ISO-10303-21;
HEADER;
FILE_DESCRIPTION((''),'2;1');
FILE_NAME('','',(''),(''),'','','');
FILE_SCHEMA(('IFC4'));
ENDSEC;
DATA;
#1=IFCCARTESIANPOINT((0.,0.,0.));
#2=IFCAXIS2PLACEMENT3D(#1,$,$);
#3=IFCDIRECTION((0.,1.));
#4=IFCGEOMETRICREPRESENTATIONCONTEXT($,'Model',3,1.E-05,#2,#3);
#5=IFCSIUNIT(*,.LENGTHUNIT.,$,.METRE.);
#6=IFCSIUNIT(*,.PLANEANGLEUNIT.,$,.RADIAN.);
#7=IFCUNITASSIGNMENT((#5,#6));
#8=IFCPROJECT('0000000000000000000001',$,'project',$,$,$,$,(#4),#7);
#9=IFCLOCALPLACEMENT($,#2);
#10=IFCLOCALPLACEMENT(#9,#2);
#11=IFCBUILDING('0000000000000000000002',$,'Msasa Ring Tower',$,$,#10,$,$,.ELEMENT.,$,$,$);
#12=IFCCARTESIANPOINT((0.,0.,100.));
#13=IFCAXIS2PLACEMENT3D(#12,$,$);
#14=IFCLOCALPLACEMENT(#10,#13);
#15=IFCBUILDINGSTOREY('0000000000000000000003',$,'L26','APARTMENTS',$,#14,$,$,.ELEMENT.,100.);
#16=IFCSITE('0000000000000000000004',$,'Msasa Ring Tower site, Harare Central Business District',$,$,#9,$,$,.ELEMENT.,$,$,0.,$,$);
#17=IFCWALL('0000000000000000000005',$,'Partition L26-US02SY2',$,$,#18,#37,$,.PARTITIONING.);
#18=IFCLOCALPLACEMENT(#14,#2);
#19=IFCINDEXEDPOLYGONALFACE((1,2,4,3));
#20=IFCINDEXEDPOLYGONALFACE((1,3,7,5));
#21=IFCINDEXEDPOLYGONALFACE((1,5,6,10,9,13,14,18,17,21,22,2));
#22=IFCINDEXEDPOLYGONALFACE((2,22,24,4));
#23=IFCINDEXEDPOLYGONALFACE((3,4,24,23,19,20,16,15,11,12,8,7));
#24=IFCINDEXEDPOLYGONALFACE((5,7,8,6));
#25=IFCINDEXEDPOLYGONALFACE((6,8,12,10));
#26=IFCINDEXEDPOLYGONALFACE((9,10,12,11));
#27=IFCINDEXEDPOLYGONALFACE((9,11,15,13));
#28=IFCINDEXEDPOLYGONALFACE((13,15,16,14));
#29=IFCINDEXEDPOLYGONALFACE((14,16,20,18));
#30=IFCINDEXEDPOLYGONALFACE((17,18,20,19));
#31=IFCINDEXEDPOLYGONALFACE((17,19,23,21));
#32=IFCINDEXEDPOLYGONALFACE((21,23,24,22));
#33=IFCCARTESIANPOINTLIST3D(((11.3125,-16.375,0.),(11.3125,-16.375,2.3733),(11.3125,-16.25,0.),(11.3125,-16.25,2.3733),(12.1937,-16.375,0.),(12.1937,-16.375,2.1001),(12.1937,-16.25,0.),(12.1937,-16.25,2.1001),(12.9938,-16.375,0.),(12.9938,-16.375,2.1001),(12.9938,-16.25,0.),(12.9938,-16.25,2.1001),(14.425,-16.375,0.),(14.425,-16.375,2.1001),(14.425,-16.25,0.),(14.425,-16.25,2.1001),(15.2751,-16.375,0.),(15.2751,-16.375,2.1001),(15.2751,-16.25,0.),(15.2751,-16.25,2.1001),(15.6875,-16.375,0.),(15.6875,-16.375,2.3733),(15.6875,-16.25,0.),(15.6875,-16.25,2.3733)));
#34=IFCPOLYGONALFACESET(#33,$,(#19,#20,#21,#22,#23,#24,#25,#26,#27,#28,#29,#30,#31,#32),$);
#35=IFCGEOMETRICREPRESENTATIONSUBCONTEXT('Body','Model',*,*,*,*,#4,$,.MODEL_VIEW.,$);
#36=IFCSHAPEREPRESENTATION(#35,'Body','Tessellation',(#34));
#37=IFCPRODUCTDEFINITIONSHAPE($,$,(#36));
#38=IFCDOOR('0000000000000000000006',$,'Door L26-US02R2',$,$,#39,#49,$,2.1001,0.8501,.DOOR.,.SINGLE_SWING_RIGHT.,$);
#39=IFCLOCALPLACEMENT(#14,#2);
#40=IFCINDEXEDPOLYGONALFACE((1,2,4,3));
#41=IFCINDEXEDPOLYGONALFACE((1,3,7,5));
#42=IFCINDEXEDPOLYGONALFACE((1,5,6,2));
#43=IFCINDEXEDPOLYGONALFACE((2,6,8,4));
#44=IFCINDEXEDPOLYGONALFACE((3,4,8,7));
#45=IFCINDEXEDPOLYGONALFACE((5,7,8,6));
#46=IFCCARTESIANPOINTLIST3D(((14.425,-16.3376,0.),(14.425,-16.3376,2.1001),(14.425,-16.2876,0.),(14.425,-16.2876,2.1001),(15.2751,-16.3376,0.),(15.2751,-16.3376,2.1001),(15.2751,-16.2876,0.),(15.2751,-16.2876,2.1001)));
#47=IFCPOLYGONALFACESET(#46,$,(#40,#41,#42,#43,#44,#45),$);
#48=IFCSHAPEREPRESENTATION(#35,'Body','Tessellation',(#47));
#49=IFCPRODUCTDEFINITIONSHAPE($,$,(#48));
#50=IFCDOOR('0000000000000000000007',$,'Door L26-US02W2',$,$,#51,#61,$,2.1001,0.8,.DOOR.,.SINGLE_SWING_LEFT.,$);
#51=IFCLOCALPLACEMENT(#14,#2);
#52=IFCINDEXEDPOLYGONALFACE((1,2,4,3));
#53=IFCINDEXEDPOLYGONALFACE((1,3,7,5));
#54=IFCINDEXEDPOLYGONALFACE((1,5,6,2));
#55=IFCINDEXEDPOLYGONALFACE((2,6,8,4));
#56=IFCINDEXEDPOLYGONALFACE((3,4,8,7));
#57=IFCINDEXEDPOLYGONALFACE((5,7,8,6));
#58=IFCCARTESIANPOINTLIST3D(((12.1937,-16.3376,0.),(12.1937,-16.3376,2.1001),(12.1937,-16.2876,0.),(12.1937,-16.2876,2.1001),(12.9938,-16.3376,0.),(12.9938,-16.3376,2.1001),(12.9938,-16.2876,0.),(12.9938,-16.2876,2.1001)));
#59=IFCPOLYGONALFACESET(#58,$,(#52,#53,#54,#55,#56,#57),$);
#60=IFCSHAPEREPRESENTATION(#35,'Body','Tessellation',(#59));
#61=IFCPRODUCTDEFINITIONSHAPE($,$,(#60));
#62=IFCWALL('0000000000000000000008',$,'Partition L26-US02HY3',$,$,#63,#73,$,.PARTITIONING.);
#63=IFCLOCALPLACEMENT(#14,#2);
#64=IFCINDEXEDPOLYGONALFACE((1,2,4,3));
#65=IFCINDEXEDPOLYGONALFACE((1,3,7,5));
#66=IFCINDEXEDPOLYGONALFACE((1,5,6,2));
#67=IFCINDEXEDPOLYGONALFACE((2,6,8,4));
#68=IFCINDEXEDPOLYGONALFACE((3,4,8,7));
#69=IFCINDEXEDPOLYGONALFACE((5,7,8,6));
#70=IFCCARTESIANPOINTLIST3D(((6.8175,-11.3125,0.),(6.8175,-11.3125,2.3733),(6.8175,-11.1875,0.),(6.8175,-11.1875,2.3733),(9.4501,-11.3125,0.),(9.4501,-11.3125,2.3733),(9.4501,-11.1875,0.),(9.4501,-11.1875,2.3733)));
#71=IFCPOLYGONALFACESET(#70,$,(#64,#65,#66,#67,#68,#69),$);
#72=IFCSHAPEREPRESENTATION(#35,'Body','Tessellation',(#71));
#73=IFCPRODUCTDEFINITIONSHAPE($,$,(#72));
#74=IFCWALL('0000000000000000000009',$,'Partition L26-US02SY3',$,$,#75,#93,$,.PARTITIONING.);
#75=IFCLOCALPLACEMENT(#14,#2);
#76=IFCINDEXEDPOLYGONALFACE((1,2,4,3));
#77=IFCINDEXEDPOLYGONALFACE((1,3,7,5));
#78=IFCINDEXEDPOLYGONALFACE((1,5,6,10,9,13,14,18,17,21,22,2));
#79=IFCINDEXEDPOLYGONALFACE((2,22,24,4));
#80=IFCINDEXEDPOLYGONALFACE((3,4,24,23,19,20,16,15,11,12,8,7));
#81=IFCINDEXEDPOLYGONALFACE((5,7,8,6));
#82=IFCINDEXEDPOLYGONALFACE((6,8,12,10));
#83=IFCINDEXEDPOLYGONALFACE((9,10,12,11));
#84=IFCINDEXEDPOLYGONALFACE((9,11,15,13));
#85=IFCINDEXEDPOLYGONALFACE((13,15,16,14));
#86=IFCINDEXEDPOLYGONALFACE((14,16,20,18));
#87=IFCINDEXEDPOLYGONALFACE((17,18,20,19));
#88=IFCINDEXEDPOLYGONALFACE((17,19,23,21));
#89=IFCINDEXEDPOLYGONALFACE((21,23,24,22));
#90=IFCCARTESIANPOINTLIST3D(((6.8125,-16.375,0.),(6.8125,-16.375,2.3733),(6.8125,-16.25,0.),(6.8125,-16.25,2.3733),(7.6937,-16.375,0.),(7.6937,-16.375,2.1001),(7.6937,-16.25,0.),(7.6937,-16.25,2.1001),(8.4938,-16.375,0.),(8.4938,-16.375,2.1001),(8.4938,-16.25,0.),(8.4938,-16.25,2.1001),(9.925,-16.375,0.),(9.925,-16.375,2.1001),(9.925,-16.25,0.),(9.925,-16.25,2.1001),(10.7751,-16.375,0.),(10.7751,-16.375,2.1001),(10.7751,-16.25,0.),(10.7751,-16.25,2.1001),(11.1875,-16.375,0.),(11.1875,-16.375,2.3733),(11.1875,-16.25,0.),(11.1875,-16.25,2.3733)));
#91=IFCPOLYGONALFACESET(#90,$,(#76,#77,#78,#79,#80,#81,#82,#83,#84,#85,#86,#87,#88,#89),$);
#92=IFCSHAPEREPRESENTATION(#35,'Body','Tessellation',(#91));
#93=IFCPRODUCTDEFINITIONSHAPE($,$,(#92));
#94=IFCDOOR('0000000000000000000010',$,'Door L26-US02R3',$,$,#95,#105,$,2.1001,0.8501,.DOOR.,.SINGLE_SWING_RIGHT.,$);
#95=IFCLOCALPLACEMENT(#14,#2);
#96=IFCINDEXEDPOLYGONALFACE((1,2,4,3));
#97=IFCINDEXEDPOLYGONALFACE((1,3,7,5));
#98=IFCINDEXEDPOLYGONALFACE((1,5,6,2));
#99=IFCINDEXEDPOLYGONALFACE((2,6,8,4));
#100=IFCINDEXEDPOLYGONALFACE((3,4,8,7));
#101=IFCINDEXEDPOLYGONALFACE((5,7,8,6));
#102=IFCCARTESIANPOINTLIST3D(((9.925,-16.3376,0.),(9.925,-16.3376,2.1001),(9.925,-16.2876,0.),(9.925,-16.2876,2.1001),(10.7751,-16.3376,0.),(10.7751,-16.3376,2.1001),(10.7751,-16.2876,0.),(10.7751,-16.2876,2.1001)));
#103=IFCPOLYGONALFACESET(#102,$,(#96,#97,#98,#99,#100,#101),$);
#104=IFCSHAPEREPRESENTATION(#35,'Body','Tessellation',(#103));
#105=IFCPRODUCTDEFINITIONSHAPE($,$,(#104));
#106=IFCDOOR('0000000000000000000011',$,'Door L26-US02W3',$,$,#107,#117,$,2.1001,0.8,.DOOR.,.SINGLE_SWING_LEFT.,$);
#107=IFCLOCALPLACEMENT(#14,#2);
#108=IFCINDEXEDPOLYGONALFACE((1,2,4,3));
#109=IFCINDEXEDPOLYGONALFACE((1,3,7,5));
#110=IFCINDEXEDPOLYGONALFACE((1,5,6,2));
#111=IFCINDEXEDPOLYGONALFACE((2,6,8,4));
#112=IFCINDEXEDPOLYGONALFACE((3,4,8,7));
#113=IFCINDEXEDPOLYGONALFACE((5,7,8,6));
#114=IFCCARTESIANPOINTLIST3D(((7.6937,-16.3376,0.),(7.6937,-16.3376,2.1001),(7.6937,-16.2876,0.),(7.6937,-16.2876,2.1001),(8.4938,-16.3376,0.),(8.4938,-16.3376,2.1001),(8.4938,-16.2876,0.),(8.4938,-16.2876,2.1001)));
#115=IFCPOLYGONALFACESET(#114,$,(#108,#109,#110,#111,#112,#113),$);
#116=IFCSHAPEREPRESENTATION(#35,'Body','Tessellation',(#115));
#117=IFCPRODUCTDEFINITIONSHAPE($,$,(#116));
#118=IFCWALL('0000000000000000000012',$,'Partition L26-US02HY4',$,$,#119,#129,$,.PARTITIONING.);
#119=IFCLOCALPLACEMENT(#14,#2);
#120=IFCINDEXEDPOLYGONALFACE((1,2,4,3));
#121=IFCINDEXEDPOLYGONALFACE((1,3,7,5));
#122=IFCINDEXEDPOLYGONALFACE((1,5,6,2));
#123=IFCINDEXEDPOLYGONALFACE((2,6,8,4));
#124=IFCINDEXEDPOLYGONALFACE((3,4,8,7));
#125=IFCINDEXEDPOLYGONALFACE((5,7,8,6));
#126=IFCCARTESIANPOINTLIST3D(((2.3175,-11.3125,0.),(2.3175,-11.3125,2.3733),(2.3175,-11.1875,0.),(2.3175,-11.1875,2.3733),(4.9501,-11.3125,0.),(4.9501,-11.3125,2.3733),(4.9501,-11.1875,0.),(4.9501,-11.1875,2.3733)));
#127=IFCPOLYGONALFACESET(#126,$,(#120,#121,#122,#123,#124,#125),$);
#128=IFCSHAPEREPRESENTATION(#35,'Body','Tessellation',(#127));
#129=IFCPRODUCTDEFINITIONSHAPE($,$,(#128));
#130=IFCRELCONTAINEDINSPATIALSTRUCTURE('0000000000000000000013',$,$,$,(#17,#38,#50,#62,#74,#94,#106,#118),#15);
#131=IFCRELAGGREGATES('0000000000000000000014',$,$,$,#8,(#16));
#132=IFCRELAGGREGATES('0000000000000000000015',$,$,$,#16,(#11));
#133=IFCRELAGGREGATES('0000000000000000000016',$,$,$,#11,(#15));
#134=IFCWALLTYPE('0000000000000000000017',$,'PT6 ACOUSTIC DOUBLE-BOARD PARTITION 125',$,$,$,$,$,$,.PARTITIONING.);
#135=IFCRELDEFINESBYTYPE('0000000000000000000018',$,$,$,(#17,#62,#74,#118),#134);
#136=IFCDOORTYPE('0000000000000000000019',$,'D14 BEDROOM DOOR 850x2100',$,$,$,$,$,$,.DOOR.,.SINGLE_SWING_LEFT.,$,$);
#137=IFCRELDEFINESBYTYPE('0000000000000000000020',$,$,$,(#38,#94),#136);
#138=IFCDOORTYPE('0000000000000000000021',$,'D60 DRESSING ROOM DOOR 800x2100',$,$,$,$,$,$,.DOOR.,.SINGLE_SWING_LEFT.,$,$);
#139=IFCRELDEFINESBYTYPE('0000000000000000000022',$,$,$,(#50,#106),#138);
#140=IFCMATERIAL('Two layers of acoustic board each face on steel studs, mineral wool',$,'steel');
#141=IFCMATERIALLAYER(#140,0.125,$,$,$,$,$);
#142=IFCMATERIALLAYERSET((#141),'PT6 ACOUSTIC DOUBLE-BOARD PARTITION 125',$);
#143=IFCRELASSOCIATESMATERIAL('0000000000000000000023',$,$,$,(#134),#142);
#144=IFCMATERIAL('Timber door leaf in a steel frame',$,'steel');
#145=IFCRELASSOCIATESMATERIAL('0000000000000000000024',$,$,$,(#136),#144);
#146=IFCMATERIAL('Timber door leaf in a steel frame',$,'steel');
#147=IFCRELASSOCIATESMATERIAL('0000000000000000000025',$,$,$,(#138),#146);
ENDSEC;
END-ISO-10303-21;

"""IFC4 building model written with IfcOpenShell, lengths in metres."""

from ifc_helpers import new_model, si_unit, direction, frame, frame_2d, origin, place, context, subcontext, project, spatial, rectangle, extrude, material, layer, layer_set, type_object, element, fill, save


model = new_model("IFC4")

# Units and contexts
model_context = context("Model", 3, precision=1e-05, world=origin(), true_north=direction((0.0, 1.0)))
body_context = subcontext(model_context, "Body", "Model", "MODEL_VIEW")
ifc_project = project(units=[si_unit("LENGTHUNIT", "METRE"), si_unit("PLANEANGLEUNIT", "RADIAN")], contexts=[model_context])

# Site, building, storey
site_placement = place(None, origin())
site = spatial("IfcSite", under=ifc_project, at=site_placement, Name="Msasa Ring Tower site, Harare Central Business District", CompositionType="ELEMENT", RefElevation=0.0)
building_placement = place(site_placement, origin())
building = spatial("IfcBuilding", under=site, at=building_placement, Name="Msasa Ring Tower", CompositionType="ELEMENT")
storey_placement = place(building_placement, frame((0.0, 0.0, 100.0)))
storey = spatial("IfcBuildingStorey", under=building, at=storey_placement, Name="L26", Description="APARTMENTS", CompositionType="ELEMENT", Elevation=100.0)

# Shared definitions
ifc_material_1 = material(Name="Two layers of acoustic board each face on steel studs, mineral wool", Category="steel")
ifc_layer_1 = layer(ifc_material_1, 0.125)
ifc_layer_set_1 = layer_set([ifc_layer_1], Name="PT6 ACOUSTIC DOUBLE-BOARD PARTITION 125")
wall_type_1 = type_object("IfcWallType", Name="PT6 ACOUSTIC DOUBLE-BOARD PARTITION 125", PredefinedType="PARTITIONING", material=ifc_layer_set_1)

# Wall, openings, doors
wall_1_placement = place(storey_placement, frame((11.3125, -16.3125, 0.0), z_axis=(0.0, 0.0, 1.0), x_axis=(1.0, 0.0, 0.0)))
wall_1 = element("IfcWall", 1, at=wall_1_placement, inside=storey, type_object=wall_type_1, Name="Partition L26-US02SY2", PredefinedType="PARTITIONING", context=body_context, shape_type="SweptSolid", body=[
    extrude(rectangle(XDim=4.375, YDim=0.125, at=frame_2d((2.1875, 0.0))), origin(), (0.0, 0.0, 1.0), 2.3733),
])
opening_1_placement = place(wall_1_placement, frame((3.1125, 0.0, 0.0)))
opening_1 = element("IfcOpeningElement", 2, at=opening_1_placement, cuts=wall_1, PredefinedType="OPENING", context=body_context, shape_type="SweptSolid", body=[
    extrude(rectangle(XDim=0.8501, YDim=2.1001, at=frame_2d((0.425, 1.05))), frame((0.0, 0.0725, 0.0), z_axis=(0.0, -1.0, 0.0), x_axis=(1.0, 0.0, 0.0)), (0.0, 0.0, 1.0), 0.145),
])
opening_2_placement = place(wall_1_placement, frame((0.8813, 0.0, 0.0)))
opening_2 = element("IfcOpeningElement", 3, at=opening_2_placement, cuts=wall_1, PredefinedType="OPENING", context=body_context, shape_type="SweptSolid", body=[
    extrude(rectangle(XDim=0.8, YDim=2.1001, at=frame_2d((0.3999, 1.05))), frame((0.0, 0.0725, 0.0), z_axis=(0.0, -1.0, 0.0), x_axis=(1.0, 0.0, 0.0)), (0.0, 0.0, 1.0), 0.145),
])
ifc_material_2 = material(Name="Timber door leaf in a steel frame", Category="steel")
door_type_1 = type_object("IfcDoorType", Name="D14 BEDROOM DOOR 850x2100", OperationType="SINGLE_SWING_LEFT", PredefinedType="DOOR", material=ifc_material_2)
door_1_placement = place(opening_1_placement, origin())
door_1 = element("IfcDoor", 4, at=door_1_placement, inside=storey, type_object=door_type_1, Name="Door L26-US02R2", OperationType="SINGLE_SWING_RIGHT", OverallHeight=2.1001, OverallWidth=0.8501, PredefinedType="DOOR", context=body_context, shape_type="SweptSolid", body=[
    extrude(rectangle(XDim=0.8501, YDim=2.1001, at=frame_2d((0.425, 1.05))), frame((0.0, 0.0249, 0.0), z_axis=(0.0, -1.0, 0.0), x_axis=(1.0, 0.0, 0.0)), (0.0, 0.0, 1.0), 0.05),
])
fill(opening_1, door_1)
ifc_material_3 = material(Name="Timber door leaf in a steel frame", Category="steel")
door_type_2 = type_object("IfcDoorType", Name="D60 DRESSING ROOM DOOR 800x2100", OperationType="SINGLE_SWING_LEFT", PredefinedType="DOOR", material=ifc_material_3)
door_2_placement = place(opening_2_placement, origin())
door_2 = element("IfcDoor", 5, at=door_2_placement, inside=storey, type_object=door_type_2, Name="Door L26-US02W2", OperationType="SINGLE_SWING_LEFT", OverallHeight=2.1001, OverallWidth=0.8, PredefinedType="DOOR", context=body_context, shape_type="SweptSolid", body=[
    extrude(rectangle(XDim=0.8, YDim=2.1001, at=frame_2d((0.3999, 1.05))), frame((0.0, 0.0249, 0.0), z_axis=(0.0, -1.0, 0.0), x_axis=(1.0, 0.0, 0.0)), (0.0, 0.0, 1.0), 0.05),
])
fill(opening_2, door_2)

# Wall
wall_2_placement = place(storey_placement, frame((6.8174, -11.25, 0.0), z_axis=(0.0, 0.0, 1.0), x_axis=(1.0, 0.0, 0.0)))
element("IfcWall", 6, at=wall_2_placement, inside=storey, type_object=wall_type_1, Name="Partition L26-US02HY3", PredefinedType="PARTITIONING", context=body_context, shape_type="SweptSolid", body=[
    extrude(rectangle(XDim=2.6326, YDim=0.125, at=frame_2d((1.3164, 0.0))), origin(), (0.0, 0.0, 1.0), 2.3733),
])

# Wall, openings, doors
wall_3_placement = place(storey_placement, frame((6.8125, -16.3125, 0.0), z_axis=(0.0, 0.0, 1.0), x_axis=(1.0, 0.0, 0.0)))
wall_3 = element("IfcWall", 7, at=wall_3_placement, inside=storey, type_object=wall_type_1, Name="Partition L26-US02SY3", PredefinedType="PARTITIONING", context=body_context, shape_type="SweptSolid", body=[
    extrude(rectangle(XDim=4.375, YDim=0.125, at=frame_2d((2.1875, 0.0))), origin(), (0.0, 0.0, 1.0), 2.3733),
])
opening_3_placement = place(wall_3_placement, frame((3.1125, 0.0, 0.0)))
opening_3 = element("IfcOpeningElement", 8, at=opening_3_placement, cuts=wall_3, PredefinedType="OPENING", context=body_context, shape_type="SweptSolid", body=[
    extrude(rectangle(XDim=0.8501, YDim=2.1001, at=frame_2d((0.425, 1.05))), frame((0.0, 0.0725, 0.0), z_axis=(0.0, -1.0, 0.0), x_axis=(1.0, 0.0, 0.0)), (0.0, 0.0, 1.0), 0.145),
])
opening_4_placement = place(wall_3_placement, frame((0.8813, 0.0, 0.0)))
opening_4 = element("IfcOpeningElement", 9, at=opening_4_placement, cuts=wall_3, PredefinedType="OPENING", context=body_context, shape_type="SweptSolid", body=[
    extrude(rectangle(XDim=0.8, YDim=2.1001, at=frame_2d((0.3999, 1.05))), frame((0.0, 0.0725, 0.0), z_axis=(0.0, -1.0, 0.0), x_axis=(1.0, 0.0, 0.0)), (0.0, 0.0, 1.0), 0.145),
])
door_3_placement = place(opening_3_placement, origin())
door_3 = element("IfcDoor", 10, at=door_3_placement, inside=storey, type_object=door_type_1, Name="Door L26-US02R3", OperationType="SINGLE_SWING_RIGHT", OverallHeight=2.1001, OverallWidth=0.8501, PredefinedType="DOOR", context=body_context, shape_type="SweptSolid", body=[
    extrude(rectangle(XDim=0.8501, YDim=2.1001, at=frame_2d((0.425, 1.05))), frame((0.0, 0.0249, 0.0), z_axis=(0.0, -1.0, 0.0), x_axis=(1.0, 0.0, 0.0)), (0.0, 0.0, 1.0), 0.05),
])
fill(opening_3, door_3)
door_4_placement = place(opening_4_placement, origin())
door_4 = element("IfcDoor", 11, at=door_4_placement, inside=storey, type_object=door_type_2, Name="Door L26-US02W3", OperationType="SINGLE_SWING_LEFT", OverallHeight=2.1001, OverallWidth=0.8, PredefinedType="DOOR", context=body_context, shape_type="SweptSolid", body=[
    extrude(rectangle(XDim=0.8, YDim=2.1001, at=frame_2d((0.3999, 1.05))), frame((0.0, 0.0249, 0.0), z_axis=(0.0, -1.0, 0.0), x_axis=(1.0, 0.0, 0.0)), (0.0, 0.0, 1.0), 0.05),
])
fill(opening_4, door_4)

# Wall
wall_4_placement = place(storey_placement, frame((2.3174, -11.25, 0.0), z_axis=(0.0, 0.0, 1.0), x_axis=(1.0, 0.0, 0.0)))
element("IfcWall", 12, at=wall_4_placement, inside=storey, type_object=wall_type_1, Name="Partition L26-US02HY4", PredefinedType="PARTITIONING", context=body_context, shape_type="SweptSolid", body=[
    extrude(rectangle(XDim=2.6326, YDim=0.125, at=frame_2d((1.3164, 0.0))), origin(), (0.0, 0.0, 1.0), 2.3733),
])

save(model, "model.ifc")
